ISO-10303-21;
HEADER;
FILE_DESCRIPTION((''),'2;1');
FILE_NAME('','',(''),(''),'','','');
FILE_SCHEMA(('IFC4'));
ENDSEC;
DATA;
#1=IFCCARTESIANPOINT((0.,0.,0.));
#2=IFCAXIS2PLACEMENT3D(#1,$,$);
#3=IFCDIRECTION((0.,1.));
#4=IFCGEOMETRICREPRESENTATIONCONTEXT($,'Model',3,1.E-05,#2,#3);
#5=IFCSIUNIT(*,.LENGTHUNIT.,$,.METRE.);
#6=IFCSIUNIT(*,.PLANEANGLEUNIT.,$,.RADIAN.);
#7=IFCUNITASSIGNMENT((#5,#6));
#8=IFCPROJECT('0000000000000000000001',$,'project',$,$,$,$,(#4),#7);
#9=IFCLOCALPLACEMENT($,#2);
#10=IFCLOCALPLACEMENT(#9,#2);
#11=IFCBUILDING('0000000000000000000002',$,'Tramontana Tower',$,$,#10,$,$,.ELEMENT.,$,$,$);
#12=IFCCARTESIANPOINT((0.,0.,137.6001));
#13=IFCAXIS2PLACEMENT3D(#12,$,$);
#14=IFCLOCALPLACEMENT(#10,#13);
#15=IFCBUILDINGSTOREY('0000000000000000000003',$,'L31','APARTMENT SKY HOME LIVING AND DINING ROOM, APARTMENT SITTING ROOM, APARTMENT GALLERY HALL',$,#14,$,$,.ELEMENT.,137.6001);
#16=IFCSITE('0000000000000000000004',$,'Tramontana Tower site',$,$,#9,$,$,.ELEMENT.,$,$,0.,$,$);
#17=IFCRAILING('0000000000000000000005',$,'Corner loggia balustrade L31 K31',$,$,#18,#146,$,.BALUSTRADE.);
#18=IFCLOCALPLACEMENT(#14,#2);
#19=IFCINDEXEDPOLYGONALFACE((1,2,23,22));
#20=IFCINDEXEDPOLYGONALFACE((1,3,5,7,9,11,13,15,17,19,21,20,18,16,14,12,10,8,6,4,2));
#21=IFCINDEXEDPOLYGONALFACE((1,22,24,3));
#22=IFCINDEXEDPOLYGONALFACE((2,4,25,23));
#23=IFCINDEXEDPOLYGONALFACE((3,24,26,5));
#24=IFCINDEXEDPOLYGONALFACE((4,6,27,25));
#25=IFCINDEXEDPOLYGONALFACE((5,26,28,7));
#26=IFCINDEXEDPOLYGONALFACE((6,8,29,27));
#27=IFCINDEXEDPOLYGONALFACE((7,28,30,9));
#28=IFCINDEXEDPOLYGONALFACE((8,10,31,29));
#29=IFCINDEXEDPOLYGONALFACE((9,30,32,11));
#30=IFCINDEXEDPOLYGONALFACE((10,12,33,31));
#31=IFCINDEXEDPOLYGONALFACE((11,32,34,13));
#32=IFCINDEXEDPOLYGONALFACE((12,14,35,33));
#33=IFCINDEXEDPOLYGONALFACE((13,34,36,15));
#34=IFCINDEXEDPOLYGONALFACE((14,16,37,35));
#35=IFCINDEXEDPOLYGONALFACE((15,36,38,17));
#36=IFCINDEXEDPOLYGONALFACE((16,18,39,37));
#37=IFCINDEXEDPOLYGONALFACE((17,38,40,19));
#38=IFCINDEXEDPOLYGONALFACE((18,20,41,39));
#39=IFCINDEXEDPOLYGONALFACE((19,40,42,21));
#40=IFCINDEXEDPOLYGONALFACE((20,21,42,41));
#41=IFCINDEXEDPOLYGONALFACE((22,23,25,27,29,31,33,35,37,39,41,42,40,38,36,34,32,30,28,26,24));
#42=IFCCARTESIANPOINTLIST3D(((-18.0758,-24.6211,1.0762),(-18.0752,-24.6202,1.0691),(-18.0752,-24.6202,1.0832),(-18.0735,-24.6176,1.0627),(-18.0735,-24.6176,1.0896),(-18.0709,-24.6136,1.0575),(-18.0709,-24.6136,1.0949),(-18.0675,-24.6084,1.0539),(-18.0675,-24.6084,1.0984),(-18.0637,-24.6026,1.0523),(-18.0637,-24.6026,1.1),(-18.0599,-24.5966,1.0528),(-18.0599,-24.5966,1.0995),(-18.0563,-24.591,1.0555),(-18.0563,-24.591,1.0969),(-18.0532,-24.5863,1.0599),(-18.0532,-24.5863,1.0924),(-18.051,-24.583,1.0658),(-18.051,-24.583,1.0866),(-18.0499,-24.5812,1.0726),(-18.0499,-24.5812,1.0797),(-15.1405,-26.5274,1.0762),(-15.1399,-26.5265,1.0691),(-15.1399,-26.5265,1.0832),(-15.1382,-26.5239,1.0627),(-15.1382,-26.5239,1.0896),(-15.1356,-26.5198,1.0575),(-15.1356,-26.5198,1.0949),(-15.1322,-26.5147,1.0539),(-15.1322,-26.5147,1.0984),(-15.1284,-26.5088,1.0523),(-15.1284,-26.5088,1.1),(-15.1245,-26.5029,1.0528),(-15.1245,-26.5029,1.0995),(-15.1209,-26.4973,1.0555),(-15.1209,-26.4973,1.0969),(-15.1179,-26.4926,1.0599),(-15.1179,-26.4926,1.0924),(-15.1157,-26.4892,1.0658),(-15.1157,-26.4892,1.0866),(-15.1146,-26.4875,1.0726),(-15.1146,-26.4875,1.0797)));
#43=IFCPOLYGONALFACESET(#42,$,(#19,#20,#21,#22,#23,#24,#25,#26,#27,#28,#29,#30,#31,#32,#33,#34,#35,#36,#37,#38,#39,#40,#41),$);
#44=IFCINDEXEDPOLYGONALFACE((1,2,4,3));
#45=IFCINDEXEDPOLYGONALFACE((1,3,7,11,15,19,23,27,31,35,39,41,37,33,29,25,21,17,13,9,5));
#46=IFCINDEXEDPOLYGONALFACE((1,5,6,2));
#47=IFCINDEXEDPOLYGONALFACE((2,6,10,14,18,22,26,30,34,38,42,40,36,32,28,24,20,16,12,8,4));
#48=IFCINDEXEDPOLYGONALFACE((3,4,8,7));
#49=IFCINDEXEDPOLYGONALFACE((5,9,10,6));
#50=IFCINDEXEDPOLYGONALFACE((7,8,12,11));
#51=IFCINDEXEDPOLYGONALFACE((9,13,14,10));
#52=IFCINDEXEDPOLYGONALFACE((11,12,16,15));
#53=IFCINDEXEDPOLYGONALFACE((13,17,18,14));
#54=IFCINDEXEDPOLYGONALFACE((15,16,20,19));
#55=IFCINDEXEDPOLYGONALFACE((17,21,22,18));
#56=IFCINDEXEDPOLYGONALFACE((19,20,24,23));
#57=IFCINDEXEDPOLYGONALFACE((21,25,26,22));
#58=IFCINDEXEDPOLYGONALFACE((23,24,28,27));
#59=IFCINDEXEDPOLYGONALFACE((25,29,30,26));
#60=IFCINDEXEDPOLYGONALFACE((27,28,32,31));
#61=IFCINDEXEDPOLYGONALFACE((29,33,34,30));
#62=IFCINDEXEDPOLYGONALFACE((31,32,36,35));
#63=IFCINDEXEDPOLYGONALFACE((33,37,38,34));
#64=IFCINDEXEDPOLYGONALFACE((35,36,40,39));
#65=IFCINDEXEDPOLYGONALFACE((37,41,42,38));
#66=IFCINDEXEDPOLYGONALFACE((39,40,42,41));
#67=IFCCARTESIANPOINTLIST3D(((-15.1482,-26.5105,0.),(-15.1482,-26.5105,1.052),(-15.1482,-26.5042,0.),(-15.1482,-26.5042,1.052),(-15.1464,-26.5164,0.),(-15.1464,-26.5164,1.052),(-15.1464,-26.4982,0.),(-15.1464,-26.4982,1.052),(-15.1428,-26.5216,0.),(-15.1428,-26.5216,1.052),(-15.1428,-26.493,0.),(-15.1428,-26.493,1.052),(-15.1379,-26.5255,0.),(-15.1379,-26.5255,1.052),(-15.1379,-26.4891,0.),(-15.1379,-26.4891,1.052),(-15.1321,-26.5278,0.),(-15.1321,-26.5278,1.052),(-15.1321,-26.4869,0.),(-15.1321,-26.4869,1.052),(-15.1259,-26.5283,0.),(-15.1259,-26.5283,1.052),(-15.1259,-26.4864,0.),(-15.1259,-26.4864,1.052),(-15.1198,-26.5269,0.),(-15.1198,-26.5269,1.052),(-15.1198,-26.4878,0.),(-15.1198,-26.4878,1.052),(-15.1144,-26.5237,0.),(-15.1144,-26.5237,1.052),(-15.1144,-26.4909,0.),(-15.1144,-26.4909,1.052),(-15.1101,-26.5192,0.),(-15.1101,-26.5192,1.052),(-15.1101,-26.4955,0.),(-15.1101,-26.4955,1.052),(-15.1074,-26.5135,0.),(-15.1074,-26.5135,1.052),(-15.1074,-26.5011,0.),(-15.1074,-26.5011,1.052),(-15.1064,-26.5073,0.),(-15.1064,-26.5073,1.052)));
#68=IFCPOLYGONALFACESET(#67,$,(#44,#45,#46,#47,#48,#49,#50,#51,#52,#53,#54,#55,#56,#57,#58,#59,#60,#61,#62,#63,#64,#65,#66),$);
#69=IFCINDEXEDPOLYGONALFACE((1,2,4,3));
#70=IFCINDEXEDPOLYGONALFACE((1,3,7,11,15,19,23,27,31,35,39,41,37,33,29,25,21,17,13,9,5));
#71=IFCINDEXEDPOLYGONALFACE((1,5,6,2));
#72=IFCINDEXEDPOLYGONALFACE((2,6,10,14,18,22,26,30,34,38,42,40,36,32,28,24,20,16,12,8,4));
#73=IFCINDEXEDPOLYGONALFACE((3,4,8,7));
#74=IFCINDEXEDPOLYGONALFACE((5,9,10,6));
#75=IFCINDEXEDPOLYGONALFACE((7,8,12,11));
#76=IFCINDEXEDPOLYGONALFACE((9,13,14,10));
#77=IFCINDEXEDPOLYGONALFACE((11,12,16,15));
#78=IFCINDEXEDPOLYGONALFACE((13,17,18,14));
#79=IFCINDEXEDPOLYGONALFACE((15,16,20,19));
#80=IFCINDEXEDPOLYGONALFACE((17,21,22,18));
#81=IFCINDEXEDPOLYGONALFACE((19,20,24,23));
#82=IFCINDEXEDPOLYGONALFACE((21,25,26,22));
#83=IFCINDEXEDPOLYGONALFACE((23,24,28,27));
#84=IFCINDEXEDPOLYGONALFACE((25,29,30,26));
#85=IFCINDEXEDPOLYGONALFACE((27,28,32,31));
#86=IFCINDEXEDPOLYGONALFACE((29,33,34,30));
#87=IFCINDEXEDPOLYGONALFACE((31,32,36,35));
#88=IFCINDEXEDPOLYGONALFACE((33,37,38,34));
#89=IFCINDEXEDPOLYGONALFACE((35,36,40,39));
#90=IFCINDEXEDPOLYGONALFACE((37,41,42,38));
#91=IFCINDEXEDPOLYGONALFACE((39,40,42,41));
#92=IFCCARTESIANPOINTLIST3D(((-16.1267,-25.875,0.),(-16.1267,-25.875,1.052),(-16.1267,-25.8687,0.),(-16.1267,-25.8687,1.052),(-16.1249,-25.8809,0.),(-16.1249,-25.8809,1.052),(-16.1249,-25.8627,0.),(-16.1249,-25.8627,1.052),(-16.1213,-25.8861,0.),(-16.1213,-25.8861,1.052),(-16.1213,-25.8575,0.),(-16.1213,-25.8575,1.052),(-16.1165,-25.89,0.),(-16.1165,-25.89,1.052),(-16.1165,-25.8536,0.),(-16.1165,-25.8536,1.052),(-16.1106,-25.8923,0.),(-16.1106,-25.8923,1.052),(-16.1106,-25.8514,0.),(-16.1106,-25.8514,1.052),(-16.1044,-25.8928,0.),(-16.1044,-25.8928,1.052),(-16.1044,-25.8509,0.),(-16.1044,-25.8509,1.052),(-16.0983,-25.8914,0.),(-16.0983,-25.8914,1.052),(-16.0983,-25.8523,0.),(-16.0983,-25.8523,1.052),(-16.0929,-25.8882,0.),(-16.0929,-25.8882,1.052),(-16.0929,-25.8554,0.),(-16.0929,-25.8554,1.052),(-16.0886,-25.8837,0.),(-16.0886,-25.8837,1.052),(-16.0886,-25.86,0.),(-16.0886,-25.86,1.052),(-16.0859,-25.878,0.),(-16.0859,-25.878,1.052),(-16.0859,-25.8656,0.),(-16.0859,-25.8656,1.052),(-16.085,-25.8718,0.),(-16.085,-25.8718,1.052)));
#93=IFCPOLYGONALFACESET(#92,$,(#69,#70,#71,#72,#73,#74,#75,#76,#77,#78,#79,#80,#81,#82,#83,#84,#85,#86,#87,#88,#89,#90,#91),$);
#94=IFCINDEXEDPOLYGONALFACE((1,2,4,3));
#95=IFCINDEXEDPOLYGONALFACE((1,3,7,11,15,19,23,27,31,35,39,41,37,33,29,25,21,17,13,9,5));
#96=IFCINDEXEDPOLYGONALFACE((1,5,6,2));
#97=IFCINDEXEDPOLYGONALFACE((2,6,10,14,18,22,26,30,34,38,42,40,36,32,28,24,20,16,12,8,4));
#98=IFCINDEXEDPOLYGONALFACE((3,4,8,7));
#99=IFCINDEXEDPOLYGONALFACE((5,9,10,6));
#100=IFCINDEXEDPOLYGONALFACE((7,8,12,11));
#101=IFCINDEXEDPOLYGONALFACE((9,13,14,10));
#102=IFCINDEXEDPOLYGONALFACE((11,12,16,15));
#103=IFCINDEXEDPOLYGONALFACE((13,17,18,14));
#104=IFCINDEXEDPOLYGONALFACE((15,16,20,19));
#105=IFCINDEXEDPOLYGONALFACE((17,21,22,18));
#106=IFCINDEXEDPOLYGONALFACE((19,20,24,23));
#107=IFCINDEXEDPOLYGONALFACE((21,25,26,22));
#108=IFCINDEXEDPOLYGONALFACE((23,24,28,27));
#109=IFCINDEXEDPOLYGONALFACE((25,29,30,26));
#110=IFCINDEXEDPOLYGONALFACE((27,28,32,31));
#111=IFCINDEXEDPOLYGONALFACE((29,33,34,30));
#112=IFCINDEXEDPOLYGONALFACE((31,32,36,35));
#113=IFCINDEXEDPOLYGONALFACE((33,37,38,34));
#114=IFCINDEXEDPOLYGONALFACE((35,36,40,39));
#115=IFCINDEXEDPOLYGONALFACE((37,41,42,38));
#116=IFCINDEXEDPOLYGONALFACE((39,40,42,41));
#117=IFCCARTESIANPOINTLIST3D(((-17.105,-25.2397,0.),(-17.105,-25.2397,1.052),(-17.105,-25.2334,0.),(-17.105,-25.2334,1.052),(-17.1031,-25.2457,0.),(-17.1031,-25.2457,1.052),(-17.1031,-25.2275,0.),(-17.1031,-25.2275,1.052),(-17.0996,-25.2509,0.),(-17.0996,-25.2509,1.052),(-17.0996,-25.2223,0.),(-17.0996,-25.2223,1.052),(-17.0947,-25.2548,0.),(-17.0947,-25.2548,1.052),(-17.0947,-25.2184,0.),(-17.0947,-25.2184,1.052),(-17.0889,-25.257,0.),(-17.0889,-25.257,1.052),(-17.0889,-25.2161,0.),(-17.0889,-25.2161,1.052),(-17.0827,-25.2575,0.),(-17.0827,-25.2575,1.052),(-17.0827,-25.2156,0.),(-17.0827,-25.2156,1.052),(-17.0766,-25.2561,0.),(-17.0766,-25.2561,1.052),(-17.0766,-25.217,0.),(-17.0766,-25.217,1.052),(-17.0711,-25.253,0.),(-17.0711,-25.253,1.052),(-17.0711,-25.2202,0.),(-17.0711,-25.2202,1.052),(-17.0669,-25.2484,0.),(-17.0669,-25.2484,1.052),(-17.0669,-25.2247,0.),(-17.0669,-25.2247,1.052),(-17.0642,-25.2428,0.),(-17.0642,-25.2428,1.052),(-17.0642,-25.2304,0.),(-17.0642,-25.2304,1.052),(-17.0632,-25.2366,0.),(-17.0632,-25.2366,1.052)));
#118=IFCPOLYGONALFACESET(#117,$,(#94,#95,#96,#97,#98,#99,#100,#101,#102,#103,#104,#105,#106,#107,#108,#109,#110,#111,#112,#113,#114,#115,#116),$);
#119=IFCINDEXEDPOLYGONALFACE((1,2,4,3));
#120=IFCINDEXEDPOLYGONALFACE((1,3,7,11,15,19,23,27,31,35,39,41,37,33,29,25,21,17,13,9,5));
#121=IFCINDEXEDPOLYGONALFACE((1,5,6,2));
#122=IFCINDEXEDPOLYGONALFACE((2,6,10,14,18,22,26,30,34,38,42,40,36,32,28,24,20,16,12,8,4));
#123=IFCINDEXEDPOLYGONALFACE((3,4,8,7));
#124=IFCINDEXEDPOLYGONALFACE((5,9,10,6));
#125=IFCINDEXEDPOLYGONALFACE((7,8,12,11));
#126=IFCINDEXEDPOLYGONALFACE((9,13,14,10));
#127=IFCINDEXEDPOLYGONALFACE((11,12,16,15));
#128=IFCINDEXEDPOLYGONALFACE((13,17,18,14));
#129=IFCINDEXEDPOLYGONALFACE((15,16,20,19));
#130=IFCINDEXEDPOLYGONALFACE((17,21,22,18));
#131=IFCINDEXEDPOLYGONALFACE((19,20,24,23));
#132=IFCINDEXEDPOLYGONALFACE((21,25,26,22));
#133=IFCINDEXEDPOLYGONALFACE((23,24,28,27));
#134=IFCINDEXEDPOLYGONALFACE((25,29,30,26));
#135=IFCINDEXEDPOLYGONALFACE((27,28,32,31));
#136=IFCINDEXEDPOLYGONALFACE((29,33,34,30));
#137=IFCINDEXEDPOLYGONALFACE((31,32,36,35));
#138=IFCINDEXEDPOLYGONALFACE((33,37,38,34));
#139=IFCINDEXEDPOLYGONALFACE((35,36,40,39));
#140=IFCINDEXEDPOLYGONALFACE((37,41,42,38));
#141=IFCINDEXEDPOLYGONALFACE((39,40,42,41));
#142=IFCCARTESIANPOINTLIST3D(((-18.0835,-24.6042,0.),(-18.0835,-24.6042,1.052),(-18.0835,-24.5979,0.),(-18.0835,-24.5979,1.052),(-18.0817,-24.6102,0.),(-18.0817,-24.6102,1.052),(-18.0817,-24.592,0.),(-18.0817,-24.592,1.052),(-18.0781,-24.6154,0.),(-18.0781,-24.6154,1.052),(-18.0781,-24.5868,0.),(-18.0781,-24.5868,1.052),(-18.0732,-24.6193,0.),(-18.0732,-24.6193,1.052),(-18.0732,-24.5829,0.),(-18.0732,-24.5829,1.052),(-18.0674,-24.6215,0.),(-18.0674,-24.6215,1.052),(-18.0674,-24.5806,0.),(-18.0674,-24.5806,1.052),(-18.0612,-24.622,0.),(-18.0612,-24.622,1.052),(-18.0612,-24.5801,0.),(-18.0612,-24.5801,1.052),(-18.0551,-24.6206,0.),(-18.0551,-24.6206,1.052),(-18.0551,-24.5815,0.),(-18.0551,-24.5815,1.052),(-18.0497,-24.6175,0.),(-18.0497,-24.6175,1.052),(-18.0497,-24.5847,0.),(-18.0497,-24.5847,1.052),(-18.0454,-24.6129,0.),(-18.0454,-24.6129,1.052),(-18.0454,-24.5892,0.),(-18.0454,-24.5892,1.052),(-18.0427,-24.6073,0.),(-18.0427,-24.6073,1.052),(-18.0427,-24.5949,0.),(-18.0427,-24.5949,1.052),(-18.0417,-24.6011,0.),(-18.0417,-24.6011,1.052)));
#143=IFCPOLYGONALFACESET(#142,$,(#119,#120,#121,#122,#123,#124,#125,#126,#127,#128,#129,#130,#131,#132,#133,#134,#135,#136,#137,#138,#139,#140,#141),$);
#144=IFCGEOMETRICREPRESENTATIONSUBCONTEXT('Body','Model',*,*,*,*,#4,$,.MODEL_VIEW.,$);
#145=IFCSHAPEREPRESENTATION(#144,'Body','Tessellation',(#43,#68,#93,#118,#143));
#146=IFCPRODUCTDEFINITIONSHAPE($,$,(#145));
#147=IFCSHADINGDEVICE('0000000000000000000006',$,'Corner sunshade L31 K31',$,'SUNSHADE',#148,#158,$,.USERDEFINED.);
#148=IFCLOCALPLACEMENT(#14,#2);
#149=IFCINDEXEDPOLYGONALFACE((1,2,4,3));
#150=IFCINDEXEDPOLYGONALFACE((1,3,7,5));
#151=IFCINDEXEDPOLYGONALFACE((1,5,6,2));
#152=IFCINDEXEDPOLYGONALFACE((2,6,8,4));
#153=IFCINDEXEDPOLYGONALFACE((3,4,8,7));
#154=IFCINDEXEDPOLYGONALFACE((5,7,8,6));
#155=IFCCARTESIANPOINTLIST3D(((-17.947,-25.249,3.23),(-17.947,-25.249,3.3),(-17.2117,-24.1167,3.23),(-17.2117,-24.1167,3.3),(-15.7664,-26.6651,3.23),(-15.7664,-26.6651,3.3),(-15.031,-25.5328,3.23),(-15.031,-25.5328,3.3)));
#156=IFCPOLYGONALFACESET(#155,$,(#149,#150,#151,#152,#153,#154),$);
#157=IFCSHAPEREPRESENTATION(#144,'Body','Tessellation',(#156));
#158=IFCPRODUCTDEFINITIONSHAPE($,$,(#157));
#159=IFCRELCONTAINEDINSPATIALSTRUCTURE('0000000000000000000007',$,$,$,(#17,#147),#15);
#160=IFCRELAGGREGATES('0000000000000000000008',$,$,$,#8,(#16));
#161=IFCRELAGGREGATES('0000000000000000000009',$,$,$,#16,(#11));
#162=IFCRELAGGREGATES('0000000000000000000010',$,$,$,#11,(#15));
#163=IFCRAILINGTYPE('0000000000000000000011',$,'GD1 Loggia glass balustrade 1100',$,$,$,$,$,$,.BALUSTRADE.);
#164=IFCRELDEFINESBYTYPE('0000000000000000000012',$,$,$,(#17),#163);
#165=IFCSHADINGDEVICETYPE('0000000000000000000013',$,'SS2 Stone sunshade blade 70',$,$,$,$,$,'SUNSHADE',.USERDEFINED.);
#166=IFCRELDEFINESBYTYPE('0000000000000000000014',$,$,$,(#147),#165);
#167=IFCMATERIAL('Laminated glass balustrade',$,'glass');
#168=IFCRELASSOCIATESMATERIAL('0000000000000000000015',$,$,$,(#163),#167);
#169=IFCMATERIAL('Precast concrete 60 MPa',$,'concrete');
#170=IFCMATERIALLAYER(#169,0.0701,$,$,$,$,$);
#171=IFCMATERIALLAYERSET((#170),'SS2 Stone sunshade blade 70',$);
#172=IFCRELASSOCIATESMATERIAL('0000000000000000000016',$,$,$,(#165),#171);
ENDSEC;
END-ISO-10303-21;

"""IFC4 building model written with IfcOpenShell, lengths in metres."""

from ifc_helpers import new_model, si_unit, direction, frame, origin, origin_2d, place, context, subcontext, project, spatial, rectangle, circle, extrude, material, layer, layer_set, type_object, element, save


model = new_model("IFC4")

# Units and contexts
model_context = context("Model", 3, precision=1e-05, world=origin(), true_north=direction((0.0, 1.0)))
body_context = subcontext(model_context, "Body", "Model", "MODEL_VIEW")
ifc_project = project(units=[si_unit("LENGTHUNIT", "METRE"), si_unit("PLANEANGLEUNIT", "RADIAN")], contexts=[model_context])

# Site, building, storey
site_placement = place(None, origin())
site = spatial("IfcSite", under=ifc_project, at=site_placement, Name="Tramontana Tower site", CompositionType="ELEMENT", RefElevation=0.0)
building_placement = place(site_placement, origin())
building = spatial("IfcBuilding", under=site, at=building_placement, Name="Tramontana Tower", CompositionType="ELEMENT")
storey_placement = place(building_placement, frame((0.0, 0.0, 137.6001)))
storey = spatial("IfcBuildingStorey", under=building, at=storey_placement, Name="L31", Description="APARTMENT SKY HOME LIVING AND DINING ROOM, APARTMENT SITTING ROOM, APARTMENT GALLERY HALL", CompositionType="ELEMENT", Elevation=137.6001)

# Railing
ifc_material_1 = material(Name="Laminated glass balustrade", Category="glass")
railing_type = type_object("IfcRailingType", Name="GD1 Loggia glass balustrade 1100", PredefinedType="BALUSTRADE", material=ifc_material_1)
railing_1_placement = place(storey_placement, frame((-15.1274, -26.5073, 0.0)))
element("IfcRailing", 1, at=railing_1_placement, inside=storey, type_object=railing_type, Name="Corner loggia balustrade L31 K31", PredefinedType="BALUSTRADE", context=body_context, shape_type="SweptSolid", body=[
    extrude(circle(Radius=0.0239, at=origin_2d()), frame((0.0, 0.0, 1.0762), z_axis=(-0.838665, 0.544647, 0.0), x_axis=(-0.544647, -0.838665, 0.0)), (0.0, 0.0, 1.0), 3.5),
    extrude(circle(Radius=0.021, at=origin_2d()), origin(), (0.0, 0.0, 1.0), 1.052),
    extrude(circle(Radius=0.021, at=origin_2d()), frame((-0.9785, 0.6355, 0.0)), (0.0, 0.0, 1.0), 1.052),
    extrude(circle(Radius=0.021, at=origin_2d()), frame((-1.9568, 1.2708, 0.0)), (0.0, 0.0, 1.0), 1.052),
    extrude(circle(Radius=0.021, at=origin_2d()), frame((-2.9353, 1.9062, 0.0)), (0.0, 0.0, 1.0), 1.052),
])

# Shading device
ifc_material_2 = material(Name="Precast concrete 60 MPa", Category="concrete")
ifc_layer_1 = layer(ifc_material_2, 0.0701)
ifc_layer_set_1 = layer_set([ifc_layer_1], Name="SS2 Stone sunshade blade 70")
shading_device_type = type_object("IfcShadingDeviceType", Name="SS2 Stone sunshade blade 70", ElementType="SUNSHADE", PredefinedType="USERDEFINED", material=ifc_layer_set_1)
shading_device_placement = place(storey_placement, frame((-16.489, -25.3909, 3.23), z_axis=(0.0, 0.0, 1.0), x_axis=(-0.838671, 0.544639, 0.0)))
element("IfcShadingDevice", 2, at=shading_device_placement, inside=storey, type_object=shading_device_type, Name="Corner sunshade L31 K31", ObjectType="SUNSHADE", PredefinedType="USERDEFINED", context=body_context, shape_type="SweptSolid", body=[
    extrude(rectangle(XDim=2.6001, YDim=1.3501, at=origin_2d()), origin(), (0.0, 0.0, 1.0), 0.0701),
])

save(model, "model.ifc")
